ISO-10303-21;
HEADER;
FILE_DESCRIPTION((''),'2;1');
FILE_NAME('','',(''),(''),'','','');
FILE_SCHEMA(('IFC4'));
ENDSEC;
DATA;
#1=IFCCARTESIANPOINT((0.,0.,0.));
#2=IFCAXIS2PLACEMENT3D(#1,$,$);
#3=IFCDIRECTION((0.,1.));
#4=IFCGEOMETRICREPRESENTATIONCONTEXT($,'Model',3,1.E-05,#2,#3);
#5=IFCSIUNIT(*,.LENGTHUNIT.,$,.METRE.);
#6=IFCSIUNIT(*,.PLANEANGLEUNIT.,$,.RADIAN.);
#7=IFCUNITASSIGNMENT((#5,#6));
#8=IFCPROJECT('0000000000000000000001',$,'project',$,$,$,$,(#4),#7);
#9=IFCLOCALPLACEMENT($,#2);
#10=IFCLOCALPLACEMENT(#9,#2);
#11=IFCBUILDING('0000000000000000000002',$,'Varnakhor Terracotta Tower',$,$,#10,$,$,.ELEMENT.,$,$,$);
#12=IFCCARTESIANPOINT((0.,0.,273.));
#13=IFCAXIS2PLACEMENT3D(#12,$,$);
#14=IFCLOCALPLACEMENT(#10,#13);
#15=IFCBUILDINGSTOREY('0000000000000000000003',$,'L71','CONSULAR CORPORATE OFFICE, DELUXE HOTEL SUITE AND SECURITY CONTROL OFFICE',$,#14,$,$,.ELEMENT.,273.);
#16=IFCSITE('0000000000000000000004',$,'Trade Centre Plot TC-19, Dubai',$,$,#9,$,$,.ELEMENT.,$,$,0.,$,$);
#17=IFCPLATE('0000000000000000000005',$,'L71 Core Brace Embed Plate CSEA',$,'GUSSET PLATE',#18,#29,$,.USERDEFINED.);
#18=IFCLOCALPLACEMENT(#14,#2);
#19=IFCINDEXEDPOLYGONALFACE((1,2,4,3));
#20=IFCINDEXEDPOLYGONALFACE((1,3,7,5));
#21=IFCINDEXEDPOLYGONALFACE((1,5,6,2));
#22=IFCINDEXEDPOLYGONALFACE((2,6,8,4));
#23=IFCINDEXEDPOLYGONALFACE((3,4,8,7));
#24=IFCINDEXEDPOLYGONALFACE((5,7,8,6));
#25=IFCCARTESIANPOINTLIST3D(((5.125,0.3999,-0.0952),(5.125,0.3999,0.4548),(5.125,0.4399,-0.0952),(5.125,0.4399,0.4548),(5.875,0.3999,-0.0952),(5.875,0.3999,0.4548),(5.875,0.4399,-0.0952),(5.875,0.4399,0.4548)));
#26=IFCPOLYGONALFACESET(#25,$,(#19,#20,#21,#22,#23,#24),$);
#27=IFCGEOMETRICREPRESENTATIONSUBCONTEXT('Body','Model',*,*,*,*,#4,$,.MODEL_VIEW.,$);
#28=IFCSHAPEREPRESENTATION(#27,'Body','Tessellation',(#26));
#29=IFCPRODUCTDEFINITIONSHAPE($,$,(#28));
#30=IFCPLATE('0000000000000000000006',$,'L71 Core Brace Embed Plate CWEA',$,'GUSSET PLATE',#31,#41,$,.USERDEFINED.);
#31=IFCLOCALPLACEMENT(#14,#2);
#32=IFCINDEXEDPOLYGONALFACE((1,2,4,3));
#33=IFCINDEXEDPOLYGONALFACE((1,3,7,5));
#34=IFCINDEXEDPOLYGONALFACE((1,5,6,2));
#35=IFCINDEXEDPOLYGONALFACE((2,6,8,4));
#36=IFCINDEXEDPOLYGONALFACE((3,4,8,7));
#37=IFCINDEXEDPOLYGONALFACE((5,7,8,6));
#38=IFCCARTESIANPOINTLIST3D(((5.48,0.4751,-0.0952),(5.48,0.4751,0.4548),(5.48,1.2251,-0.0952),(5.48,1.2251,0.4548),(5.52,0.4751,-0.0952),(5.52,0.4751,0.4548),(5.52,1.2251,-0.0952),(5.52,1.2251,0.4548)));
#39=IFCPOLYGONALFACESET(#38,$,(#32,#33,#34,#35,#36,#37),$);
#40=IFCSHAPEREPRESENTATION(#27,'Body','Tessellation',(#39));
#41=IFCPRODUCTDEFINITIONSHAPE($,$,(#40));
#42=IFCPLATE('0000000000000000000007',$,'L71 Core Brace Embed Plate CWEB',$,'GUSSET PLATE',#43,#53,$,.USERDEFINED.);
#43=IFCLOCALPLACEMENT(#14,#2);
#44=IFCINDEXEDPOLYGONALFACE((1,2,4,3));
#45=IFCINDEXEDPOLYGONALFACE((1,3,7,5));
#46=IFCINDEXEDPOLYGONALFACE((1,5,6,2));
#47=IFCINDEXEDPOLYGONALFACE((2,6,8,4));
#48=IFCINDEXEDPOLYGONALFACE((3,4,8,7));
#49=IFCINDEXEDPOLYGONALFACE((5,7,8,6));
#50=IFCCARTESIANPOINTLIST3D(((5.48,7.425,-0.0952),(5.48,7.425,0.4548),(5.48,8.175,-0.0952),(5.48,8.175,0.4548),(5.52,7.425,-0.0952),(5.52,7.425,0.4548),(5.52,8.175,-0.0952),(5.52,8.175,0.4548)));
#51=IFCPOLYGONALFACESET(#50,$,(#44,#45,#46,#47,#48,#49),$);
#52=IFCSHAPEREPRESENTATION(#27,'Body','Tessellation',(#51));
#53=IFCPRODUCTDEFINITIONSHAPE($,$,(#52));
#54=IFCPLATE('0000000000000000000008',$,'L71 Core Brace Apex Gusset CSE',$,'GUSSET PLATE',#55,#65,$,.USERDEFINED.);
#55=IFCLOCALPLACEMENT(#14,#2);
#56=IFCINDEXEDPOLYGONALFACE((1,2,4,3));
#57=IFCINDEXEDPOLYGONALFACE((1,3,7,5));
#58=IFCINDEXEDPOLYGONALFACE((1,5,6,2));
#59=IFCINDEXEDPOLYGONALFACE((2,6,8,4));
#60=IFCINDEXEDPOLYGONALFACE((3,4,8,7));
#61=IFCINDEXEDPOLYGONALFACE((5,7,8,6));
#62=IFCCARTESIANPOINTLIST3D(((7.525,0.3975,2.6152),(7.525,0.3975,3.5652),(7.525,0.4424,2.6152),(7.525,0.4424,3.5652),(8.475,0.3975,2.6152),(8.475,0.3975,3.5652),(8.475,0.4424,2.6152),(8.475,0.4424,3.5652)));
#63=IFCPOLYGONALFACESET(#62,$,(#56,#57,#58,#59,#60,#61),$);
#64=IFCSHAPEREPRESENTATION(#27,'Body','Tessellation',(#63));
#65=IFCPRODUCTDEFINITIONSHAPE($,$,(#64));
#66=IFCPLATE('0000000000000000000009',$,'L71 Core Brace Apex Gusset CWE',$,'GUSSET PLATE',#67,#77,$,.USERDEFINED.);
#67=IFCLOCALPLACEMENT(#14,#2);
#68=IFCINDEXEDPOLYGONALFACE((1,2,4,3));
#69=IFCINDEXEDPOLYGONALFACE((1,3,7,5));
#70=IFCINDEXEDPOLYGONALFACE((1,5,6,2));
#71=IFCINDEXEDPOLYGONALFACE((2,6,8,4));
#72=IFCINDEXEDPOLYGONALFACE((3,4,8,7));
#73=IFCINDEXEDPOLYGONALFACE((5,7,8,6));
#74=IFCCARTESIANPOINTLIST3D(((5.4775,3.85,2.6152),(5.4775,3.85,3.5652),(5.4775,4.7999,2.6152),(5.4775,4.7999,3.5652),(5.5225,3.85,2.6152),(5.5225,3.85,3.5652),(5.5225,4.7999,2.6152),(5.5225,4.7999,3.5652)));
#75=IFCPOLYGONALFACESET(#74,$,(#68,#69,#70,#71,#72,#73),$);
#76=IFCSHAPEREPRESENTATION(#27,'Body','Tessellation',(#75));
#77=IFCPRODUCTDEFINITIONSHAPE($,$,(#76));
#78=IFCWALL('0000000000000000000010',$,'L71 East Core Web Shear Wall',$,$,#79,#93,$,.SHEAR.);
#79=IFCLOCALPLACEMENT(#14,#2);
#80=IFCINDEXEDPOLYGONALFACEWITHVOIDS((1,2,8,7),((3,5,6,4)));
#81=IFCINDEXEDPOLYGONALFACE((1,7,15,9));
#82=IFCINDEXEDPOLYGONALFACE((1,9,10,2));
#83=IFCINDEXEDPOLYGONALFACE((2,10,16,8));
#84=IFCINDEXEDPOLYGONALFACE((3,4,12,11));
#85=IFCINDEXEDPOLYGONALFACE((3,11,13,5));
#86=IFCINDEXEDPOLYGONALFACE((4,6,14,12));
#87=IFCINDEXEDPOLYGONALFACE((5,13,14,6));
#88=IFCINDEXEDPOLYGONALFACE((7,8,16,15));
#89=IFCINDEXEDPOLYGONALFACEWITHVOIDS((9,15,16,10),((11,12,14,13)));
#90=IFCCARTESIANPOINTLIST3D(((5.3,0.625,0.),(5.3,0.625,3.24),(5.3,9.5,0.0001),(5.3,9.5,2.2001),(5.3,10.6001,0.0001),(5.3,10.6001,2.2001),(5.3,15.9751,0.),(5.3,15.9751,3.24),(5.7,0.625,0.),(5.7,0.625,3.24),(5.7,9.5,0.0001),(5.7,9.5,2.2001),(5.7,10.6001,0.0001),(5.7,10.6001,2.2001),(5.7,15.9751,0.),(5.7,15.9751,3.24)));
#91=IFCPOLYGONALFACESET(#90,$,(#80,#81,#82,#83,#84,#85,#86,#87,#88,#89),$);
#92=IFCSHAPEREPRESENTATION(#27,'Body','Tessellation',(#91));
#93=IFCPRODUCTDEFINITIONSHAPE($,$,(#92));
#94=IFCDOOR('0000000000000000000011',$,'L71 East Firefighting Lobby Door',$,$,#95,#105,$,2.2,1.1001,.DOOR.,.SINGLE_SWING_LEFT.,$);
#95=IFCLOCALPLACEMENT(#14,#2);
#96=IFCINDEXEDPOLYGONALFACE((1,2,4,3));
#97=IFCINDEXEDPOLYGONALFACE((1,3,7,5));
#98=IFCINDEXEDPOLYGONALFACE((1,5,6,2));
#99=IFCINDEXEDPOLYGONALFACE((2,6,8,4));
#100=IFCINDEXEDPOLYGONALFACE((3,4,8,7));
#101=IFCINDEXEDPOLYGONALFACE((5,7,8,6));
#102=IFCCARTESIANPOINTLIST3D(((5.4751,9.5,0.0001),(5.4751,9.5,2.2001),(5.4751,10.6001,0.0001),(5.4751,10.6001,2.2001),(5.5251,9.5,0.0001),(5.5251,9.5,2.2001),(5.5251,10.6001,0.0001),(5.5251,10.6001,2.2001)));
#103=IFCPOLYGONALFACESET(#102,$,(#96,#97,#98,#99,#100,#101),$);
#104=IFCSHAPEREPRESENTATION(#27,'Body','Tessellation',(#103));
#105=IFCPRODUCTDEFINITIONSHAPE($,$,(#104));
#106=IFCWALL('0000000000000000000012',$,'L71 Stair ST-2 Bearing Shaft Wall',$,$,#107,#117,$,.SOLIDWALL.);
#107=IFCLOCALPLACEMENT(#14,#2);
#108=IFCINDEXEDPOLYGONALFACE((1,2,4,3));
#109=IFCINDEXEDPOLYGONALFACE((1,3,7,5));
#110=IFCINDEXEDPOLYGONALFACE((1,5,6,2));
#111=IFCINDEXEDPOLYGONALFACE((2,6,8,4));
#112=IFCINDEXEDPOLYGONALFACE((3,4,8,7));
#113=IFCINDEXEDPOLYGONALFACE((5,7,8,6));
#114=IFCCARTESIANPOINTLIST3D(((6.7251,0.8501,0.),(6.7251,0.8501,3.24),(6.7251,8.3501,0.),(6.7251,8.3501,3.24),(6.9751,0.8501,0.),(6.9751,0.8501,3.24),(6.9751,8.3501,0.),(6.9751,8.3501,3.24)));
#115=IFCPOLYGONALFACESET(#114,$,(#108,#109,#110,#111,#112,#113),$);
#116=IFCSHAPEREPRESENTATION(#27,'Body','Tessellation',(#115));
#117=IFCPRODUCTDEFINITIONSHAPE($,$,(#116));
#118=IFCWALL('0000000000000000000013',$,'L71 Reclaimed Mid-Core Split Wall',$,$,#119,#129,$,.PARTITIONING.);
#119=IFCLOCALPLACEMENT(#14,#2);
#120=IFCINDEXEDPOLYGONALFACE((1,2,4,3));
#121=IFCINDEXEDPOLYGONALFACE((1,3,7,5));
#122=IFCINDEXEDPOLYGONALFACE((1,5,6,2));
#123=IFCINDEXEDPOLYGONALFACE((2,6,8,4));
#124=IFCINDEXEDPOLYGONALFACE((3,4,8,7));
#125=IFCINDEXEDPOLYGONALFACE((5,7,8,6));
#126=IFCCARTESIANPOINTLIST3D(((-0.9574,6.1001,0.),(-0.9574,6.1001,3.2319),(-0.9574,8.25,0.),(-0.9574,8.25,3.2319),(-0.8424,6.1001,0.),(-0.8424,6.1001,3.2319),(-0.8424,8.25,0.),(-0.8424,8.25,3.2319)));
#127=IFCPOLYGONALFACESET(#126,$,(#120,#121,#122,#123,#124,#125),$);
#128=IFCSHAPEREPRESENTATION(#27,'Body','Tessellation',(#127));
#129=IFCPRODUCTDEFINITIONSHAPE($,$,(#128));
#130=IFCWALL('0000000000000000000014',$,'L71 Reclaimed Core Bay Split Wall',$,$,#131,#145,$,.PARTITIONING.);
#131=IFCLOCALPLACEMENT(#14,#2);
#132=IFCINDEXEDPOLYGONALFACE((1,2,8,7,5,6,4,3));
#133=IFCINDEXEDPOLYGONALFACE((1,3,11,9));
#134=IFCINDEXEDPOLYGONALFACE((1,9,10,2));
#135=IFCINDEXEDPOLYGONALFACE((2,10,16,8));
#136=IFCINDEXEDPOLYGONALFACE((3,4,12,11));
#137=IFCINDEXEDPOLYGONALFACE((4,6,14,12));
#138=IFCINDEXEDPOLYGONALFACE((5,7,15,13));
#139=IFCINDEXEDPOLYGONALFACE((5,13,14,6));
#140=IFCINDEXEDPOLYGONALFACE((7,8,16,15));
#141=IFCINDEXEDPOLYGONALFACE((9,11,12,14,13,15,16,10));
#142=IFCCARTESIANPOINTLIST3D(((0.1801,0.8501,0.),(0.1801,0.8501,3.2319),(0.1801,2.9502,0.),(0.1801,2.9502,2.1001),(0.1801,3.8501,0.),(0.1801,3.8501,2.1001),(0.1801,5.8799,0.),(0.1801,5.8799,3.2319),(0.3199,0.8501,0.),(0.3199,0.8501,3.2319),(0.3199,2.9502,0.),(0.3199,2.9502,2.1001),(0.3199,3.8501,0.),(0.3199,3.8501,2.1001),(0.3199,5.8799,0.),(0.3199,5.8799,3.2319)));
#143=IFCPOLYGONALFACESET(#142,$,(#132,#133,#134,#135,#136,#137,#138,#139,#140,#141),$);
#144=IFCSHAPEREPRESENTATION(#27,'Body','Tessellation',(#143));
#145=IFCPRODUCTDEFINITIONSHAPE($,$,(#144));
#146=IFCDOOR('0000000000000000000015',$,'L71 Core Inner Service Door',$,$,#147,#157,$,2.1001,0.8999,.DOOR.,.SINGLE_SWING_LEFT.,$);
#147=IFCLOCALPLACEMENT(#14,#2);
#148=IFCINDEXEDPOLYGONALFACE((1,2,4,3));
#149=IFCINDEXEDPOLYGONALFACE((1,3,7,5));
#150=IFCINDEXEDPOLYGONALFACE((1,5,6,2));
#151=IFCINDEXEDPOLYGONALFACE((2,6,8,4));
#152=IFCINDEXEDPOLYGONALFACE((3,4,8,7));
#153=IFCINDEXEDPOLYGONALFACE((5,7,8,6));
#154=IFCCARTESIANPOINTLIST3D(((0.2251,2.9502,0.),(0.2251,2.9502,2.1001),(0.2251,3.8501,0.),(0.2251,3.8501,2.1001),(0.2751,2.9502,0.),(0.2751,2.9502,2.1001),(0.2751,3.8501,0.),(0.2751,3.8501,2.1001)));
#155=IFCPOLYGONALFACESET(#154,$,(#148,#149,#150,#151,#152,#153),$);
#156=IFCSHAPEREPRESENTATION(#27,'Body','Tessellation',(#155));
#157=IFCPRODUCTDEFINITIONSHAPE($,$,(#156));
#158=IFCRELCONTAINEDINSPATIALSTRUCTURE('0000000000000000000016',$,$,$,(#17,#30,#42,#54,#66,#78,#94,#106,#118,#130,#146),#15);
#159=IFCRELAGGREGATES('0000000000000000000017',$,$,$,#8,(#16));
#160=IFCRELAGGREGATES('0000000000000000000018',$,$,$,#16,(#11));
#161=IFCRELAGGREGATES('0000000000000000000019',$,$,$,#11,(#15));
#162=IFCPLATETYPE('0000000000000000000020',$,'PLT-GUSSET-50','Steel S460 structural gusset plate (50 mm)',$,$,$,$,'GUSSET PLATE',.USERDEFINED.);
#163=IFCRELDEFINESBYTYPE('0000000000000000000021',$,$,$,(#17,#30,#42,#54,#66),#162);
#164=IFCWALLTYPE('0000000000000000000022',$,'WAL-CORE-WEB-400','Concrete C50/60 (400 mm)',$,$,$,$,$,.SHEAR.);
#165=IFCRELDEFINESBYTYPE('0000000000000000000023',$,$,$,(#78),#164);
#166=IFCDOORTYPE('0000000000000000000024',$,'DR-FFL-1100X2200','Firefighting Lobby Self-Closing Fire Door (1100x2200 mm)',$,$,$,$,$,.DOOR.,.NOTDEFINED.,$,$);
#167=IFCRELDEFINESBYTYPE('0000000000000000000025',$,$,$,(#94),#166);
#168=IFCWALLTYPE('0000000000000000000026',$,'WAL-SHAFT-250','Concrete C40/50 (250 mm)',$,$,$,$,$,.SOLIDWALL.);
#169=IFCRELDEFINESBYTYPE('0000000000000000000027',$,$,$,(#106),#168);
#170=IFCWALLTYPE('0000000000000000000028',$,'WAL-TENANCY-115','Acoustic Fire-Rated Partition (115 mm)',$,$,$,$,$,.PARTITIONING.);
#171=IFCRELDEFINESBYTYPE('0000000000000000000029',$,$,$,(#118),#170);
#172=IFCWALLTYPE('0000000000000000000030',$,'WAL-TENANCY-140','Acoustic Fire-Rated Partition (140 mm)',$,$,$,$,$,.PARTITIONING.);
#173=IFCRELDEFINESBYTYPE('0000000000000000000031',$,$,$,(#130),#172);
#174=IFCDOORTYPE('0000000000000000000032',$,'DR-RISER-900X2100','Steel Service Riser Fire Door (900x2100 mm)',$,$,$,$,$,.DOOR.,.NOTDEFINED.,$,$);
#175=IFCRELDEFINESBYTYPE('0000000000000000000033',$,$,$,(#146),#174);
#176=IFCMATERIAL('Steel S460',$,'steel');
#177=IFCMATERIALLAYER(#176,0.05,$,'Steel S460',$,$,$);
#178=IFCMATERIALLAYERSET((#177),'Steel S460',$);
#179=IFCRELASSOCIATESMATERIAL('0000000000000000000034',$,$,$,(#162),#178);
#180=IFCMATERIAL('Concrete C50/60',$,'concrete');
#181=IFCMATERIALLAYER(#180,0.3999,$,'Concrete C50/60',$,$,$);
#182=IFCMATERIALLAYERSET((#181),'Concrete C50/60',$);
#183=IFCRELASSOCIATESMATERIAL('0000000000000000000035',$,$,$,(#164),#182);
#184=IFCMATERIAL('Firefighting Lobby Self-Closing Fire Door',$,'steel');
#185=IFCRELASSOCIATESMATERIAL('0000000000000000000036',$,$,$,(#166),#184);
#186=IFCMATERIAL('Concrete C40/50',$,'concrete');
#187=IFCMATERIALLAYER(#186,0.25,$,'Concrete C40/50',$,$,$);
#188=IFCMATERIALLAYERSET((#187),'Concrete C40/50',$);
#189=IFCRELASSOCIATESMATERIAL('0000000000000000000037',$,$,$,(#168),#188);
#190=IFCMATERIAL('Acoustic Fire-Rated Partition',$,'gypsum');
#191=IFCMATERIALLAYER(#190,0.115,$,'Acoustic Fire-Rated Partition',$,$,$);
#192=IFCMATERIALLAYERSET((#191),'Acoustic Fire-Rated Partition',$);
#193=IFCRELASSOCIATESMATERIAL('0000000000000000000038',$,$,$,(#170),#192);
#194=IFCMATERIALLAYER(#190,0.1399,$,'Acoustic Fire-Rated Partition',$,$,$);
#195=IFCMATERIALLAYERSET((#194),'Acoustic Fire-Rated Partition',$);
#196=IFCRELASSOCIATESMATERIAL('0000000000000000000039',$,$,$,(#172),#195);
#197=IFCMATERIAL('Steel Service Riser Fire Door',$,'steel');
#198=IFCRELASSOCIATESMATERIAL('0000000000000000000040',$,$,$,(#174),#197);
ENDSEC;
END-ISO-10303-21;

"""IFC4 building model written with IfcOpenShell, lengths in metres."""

from ifc_helpers import new_model, si_unit, direction, frame, frame_2d, origin, origin_2d, place, context, subcontext, project, spatial, rectangle, extrude, source, transform, mapped, material, layer, layer_set, type_object, type_shapes, element, fill, save


model = new_model("IFC4")

# Units and contexts
model_context = context("Model", 3, precision=1e-05, world=origin(), true_north=direction((0.0, 1.0)))
body_context = subcontext(model_context, "Body", "Model", "MODEL_VIEW")
ifc_project = project(units=[si_unit("LENGTHUNIT", "METRE"), si_unit("PLANEANGLEUNIT", "RADIAN")], contexts=[model_context])

# Site, building, storey
site_placement = place(None, origin())
site = spatial("IfcSite", under=ifc_project, at=site_placement, Name="Trade Centre Plot TC-19, Dubai", CompositionType="ELEMENT", RefElevation=0.0)
building_placement = place(site_placement, origin())
building = spatial("IfcBuilding", under=site, at=building_placement, Name="Varnakhor Terracotta Tower", CompositionType="ELEMENT")
storey_placement = place(building_placement, frame((0.0, 0.0, 273.0)))
storey = spatial("IfcBuildingStorey", under=building, at=storey_placement, Name="L71", Description="CONSULAR CORPORATE OFFICE, DELUXE HOTEL SUITE AND SECURITY CONTROL OFFICE", CompositionType="ELEMENT", Elevation=273.0)

# Shared definitions
ifc_material_1 = material(Name="Concrete C50/60", Category="concrete")

# Shared definitions
ifc_material_2 = material(Name="Concrete C40/50", Category="concrete")

# Plates
ifc_material_3 = material(Name="Steel S460", Category="steel")
ifc_layer_1 = layer(ifc_material_3, 0.05, Name="Steel S460")
ifc_layer_set_1 = layer_set([ifc_layer_1], Name="Steel S460")
plate_type = type_object("IfcPlateType", Name="PLT-GUSSET-50", Description="Steel S460 structural gusset plate (50 mm)", ElementType="GUSSET PLATE", PredefinedType="USERDEFINED", material=ifc_layer_set_1)
shared_shape_1 = source(origin(), body_context, "Body", "SweptSolid", [
    extrude(rectangle(XDim=0.75, YDim=0.04, at=origin_2d()), origin(), (0.0, 0.0, 1.0), 0.55),
])
type_shapes(plate_type, [shared_shape_1])
for number, where, z_axis, x_axis, name in (
    (1, (5.5, 0.4199, -0.0952), (0.0, 0.0, 1.0), (1.0, 0.0, 0.0), "L71 Core Brace Embed Plate CSEA"),
    (2, (5.5, 0.8501, -0.0952), (0.0, 0.0, 1.0), (0.0, 1.0, 0.0), "L71 Core Brace Embed Plate CWEA"),
    (3, (5.5, 7.8, -0.0952), (0.0, 0.0, 1.0), (0.0, 1.0, 0.0), "L71 Core Brace Embed Plate CWEB"),
):
    element("IfcPlate", number, at=place(storey_placement, frame(where, z_axis=z_axis, x_axis=x_axis)), inside=storey, type_object=plate_type, Name=name, ObjectType="GUSSET PLATE", PredefinedType="USERDEFINED", context=body_context, shape_type="MappedRepresentation", body=[
        mapped(shared_shape_1, transform((0.0, 0.0, 0.0), scale=1.0)),
    ])
shared_shape_2 = source(origin(), body_context, "Body", "SweptSolid", [
    extrude(rectangle(XDim=0.95, YDim=0.0449, at=origin_2d()), origin(), (0.0, 0.0, 1.0), 0.95),
])
for number, where, z_axis, x_axis, name in (
    (4, (8.0, 0.4199, 2.6152), (0.0, 0.0, 1.0), (1.0, 0.0, 0.0), "L71 Core Brace Apex Gusset CSE"),
    (5, (5.5, 4.325, 2.6152), (0.0, 0.0, 1.0), (0.0, 1.0, 0.0), "L71 Core Brace Apex Gusset CWE"),
):
    element("IfcPlate", number, at=place(storey_placement, frame(where, z_axis=z_axis, x_axis=x_axis)), inside=storey, type_object=plate_type, Name=name, ObjectType="GUSSET PLATE", PredefinedType="USERDEFINED", context=body_context, shape_type="MappedRepresentation", body=[
        mapped(shared_shape_2, transform((0.0, 0.0, 0.0), scale=1.0)),
    ])

# Wall, opening, door
ifc_layer_2 = layer(ifc_material_1, 0.3999, Name="Concrete C50/60")
ifc_layer_set_2 = layer_set([ifc_layer_2], Name="Concrete C50/60")
wall_type_1 = type_object("IfcWallType", Name="WAL-CORE-WEB-400", Description="Concrete C50/60 (400 mm)", PredefinedType="SHEAR", material=ifc_layer_set_2)
wall_1_placement = place(storey_placement, frame((5.5, 0.625, 0.0), z_axis=(0.0, 0.0, 1.0), x_axis=(0.0, 1.0, 0.0)))
wall_1 = element("IfcWall", 6, at=wall_1_placement, inside=storey, type_object=wall_type_1, Name="L71 East Core Web Shear Wall", PredefinedType="SHEAR", context=body_context, shape_type="SweptSolid", body=[
    extrude(rectangle(XDim=15.3501, YDim=0.3999, at=frame_2d((7.675, 0.0))), origin(), (0.0, 0.0, 1.0), 3.24),
])
opening_1_placement = place(wall_1_placement, frame((8.875, 0.0, 0.0)))
opening_1 = element("IfcOpeningElement", 7, at=opening_1_placement, cuts=wall_1, PredefinedType="OPENING", context=body_context, shape_type="SweptSolid", body=[
    extrude(rectangle(XDim=1.1001, YDim=2.2, at=frame_2d((0.55, 1.1001))), frame((0.0, 0.21, 0.0), z_axis=(0.0, -1.0, 0.0), x_axis=(1.0, 0.0, 0.0)), (0.0, 0.0, 1.0), 0.4199),
])
ifc_material_4 = material(Name="Firefighting Lobby Self-Closing Fire Door", Category="steel")
door_type_1 = type_object("IfcDoorType", Name="DR-FFL-1100X2200", Description="Firefighting Lobby Self-Closing Fire Door (1100x2200 mm)", OperationType="NOTDEFINED", PredefinedType="DOOR", material=ifc_material_4)
shared_shape_3 = source(origin(), body_context, "Body", "SweptSolid", [
    extrude(rectangle(XDim=1.1001, YDim=2.2, at=frame_2d((0.55, 1.1001))), frame((0.0, 0.0249, 0.0), z_axis=(0.0, -1.0, 0.0), x_axis=(1.0, 0.0, 0.0)), (0.0, 0.0, 1.0), 0.05),
])
type_shapes(door_type_1, [shared_shape_3])
door_1_placement = place(opening_1_placement, origin())
door_1 = element("IfcDoor", 8, at=door_1_placement, inside=storey, type_object=door_type_1, Name="L71 East Firefighting Lobby Door", OperationType="SINGLE_SWING_LEFT", OverallHeight=2.2, OverallWidth=1.1001, PredefinedType="DOOR", context=body_context, shape_type="MappedRepresentation", body=[
    mapped(shared_shape_3, transform((0.0, 0.0, 0.0), scale=1.0)),
])
fill(opening_1, door_1)

# Walls
ifc_layer_3 = layer(ifc_material_2, 0.25, Name="Concrete C40/50")
ifc_layer_set_3 = layer_set([ifc_layer_3], Name="Concrete C40/50")
wall_type_2 = type_object("IfcWallType", Name="WAL-SHAFT-250", Description="Concrete C40/50 (250 mm)", PredefinedType="SOLIDWALL", material=ifc_layer_set_3)
wall_2_placement = place(storey_placement, frame((6.8501, 0.8501, 0.0), z_axis=(0.0, 0.0, 1.0), x_axis=(0.0, 1.0, 0.0)))
element("IfcWall", 9, at=wall_2_placement, inside=storey, type_object=wall_type_2, Name="L71 Stair ST-2 Bearing Shaft Wall", PredefinedType="SOLIDWALL", context=body_context, shape_type="SweptSolid", body=[
    extrude(rectangle(XDim=7.5, YDim=0.25, at=frame_2d((3.75, 0.0))), origin(), (0.0, 0.0, 1.0), 3.24),
])
ifc_material_5 = material(Name="Acoustic Fire-Rated Partition", Category="gypsum")
ifc_layer_4 = layer(ifc_material_5, 0.115, Name="Acoustic Fire-Rated Partition")
ifc_layer_set_4 = layer_set([ifc_layer_4], Name="Acoustic Fire-Rated Partition")
wall_type_3 = type_object("IfcWallType", Name="WAL-TENANCY-115", Description="Acoustic Fire-Rated Partition (115 mm)", PredefinedType="PARTITIONING", material=ifc_layer_set_4)
wall_3_placement = place(storey_placement, frame((-0.8999, 6.1001, 0.0), z_axis=(0.0, 0.0, 1.0), x_axis=(0.0, 1.0, 0.0)))
element("IfcWall", 10, at=wall_3_placement, inside=storey, type_object=wall_type_3, Name="L71 Reclaimed Mid-Core Split Wall", PredefinedType="PARTITIONING", context=body_context, shape_type="SweptSolid", body=[
    extrude(rectangle(XDim=2.1499, YDim=0.115, at=frame_2d((1.075, 0.0))), origin(), (0.0, 0.0, 1.0), 3.2319),
])

# Wall, opening, door
ifc_layer_5 = layer(ifc_material_5, 0.1399, Name="Acoustic Fire-Rated Partition")
ifc_layer_set_5 = layer_set([ifc_layer_5], Name="Acoustic Fire-Rated Partition")
wall_type_4 = type_object("IfcWallType", Name="WAL-TENANCY-140", Description="Acoustic Fire-Rated Partition (140 mm)", PredefinedType="PARTITIONING", material=ifc_layer_set_5)
wall_4_placement = place(storey_placement, frame((0.25, 0.8501, 0.0), z_axis=(0.0, 0.0, 1.0), x_axis=(0.0, 1.0, 0.0)))
wall_4 = element("IfcWall", 11, at=wall_4_placement, inside=storey, type_object=wall_type_4, Name="L71 Reclaimed Core Bay Split Wall", PredefinedType="PARTITIONING", context=body_context, shape_type="SweptSolid", body=[
    extrude(rectangle(XDim=5.0298, YDim=0.1399, at=frame_2d((2.5149, 0.0))), origin(), (0.0, 0.0, 1.0), 3.2319),
])
opening_2_placement = place(wall_4_placement, frame((2.1001, 0.0, 0.0)))
opening_2 = element("IfcOpeningElement", 12, at=opening_2_placement, cuts=wall_4, PredefinedType="OPENING", context=body_context, shape_type="SweptSolid", body=[
    extrude(rectangle(XDim=0.8999, YDim=2.1001, at=frame_2d((0.45, 1.05))), frame((0.0, 0.0801, 0.0), z_axis=(0.0, -1.0, 0.0), x_axis=(1.0, 0.0, 0.0)), (0.0, 0.0, 1.0), 0.1599),
])
ifc_material_6 = material(Name="Steel Service Riser Fire Door", Category="steel")
door_type_2 = type_object("IfcDoorType", Name="DR-RISER-900X2100", Description="Steel Service Riser Fire Door (900x2100 mm)", OperationType="NOTDEFINED", PredefinedType="DOOR", material=ifc_material_6)
shared_shape_4 = source(origin(), body_context, "Body", "SweptSolid", [
    extrude(rectangle(XDim=0.8999, YDim=2.1001, at=frame_2d((0.45, 1.05))), frame((0.0, 0.0249, 0.0), z_axis=(0.0, -1.0, 0.0), x_axis=(1.0, 0.0, 0.0)), (0.0, 0.0, 1.0), 0.05),
])
type_shapes(door_type_2, [shared_shape_4])
door_2_placement = place(opening_2_placement, origin())
door_2 = element("IfcDoor", 13, at=door_2_placement, inside=storey, type_object=door_type_2, Name="L71 Core Inner Service Door", OperationType="SINGLE_SWING_LEFT", OverallHeight=2.1001, OverallWidth=0.8999, PredefinedType="DOOR", context=body_context, shape_type="MappedRepresentation", body=[
    mapped(shared_shape_4, transform((0.0, 0.0, 0.0), scale=1.0)),
])
fill(opening_2, door_2)

save(model, "model.ifc")
